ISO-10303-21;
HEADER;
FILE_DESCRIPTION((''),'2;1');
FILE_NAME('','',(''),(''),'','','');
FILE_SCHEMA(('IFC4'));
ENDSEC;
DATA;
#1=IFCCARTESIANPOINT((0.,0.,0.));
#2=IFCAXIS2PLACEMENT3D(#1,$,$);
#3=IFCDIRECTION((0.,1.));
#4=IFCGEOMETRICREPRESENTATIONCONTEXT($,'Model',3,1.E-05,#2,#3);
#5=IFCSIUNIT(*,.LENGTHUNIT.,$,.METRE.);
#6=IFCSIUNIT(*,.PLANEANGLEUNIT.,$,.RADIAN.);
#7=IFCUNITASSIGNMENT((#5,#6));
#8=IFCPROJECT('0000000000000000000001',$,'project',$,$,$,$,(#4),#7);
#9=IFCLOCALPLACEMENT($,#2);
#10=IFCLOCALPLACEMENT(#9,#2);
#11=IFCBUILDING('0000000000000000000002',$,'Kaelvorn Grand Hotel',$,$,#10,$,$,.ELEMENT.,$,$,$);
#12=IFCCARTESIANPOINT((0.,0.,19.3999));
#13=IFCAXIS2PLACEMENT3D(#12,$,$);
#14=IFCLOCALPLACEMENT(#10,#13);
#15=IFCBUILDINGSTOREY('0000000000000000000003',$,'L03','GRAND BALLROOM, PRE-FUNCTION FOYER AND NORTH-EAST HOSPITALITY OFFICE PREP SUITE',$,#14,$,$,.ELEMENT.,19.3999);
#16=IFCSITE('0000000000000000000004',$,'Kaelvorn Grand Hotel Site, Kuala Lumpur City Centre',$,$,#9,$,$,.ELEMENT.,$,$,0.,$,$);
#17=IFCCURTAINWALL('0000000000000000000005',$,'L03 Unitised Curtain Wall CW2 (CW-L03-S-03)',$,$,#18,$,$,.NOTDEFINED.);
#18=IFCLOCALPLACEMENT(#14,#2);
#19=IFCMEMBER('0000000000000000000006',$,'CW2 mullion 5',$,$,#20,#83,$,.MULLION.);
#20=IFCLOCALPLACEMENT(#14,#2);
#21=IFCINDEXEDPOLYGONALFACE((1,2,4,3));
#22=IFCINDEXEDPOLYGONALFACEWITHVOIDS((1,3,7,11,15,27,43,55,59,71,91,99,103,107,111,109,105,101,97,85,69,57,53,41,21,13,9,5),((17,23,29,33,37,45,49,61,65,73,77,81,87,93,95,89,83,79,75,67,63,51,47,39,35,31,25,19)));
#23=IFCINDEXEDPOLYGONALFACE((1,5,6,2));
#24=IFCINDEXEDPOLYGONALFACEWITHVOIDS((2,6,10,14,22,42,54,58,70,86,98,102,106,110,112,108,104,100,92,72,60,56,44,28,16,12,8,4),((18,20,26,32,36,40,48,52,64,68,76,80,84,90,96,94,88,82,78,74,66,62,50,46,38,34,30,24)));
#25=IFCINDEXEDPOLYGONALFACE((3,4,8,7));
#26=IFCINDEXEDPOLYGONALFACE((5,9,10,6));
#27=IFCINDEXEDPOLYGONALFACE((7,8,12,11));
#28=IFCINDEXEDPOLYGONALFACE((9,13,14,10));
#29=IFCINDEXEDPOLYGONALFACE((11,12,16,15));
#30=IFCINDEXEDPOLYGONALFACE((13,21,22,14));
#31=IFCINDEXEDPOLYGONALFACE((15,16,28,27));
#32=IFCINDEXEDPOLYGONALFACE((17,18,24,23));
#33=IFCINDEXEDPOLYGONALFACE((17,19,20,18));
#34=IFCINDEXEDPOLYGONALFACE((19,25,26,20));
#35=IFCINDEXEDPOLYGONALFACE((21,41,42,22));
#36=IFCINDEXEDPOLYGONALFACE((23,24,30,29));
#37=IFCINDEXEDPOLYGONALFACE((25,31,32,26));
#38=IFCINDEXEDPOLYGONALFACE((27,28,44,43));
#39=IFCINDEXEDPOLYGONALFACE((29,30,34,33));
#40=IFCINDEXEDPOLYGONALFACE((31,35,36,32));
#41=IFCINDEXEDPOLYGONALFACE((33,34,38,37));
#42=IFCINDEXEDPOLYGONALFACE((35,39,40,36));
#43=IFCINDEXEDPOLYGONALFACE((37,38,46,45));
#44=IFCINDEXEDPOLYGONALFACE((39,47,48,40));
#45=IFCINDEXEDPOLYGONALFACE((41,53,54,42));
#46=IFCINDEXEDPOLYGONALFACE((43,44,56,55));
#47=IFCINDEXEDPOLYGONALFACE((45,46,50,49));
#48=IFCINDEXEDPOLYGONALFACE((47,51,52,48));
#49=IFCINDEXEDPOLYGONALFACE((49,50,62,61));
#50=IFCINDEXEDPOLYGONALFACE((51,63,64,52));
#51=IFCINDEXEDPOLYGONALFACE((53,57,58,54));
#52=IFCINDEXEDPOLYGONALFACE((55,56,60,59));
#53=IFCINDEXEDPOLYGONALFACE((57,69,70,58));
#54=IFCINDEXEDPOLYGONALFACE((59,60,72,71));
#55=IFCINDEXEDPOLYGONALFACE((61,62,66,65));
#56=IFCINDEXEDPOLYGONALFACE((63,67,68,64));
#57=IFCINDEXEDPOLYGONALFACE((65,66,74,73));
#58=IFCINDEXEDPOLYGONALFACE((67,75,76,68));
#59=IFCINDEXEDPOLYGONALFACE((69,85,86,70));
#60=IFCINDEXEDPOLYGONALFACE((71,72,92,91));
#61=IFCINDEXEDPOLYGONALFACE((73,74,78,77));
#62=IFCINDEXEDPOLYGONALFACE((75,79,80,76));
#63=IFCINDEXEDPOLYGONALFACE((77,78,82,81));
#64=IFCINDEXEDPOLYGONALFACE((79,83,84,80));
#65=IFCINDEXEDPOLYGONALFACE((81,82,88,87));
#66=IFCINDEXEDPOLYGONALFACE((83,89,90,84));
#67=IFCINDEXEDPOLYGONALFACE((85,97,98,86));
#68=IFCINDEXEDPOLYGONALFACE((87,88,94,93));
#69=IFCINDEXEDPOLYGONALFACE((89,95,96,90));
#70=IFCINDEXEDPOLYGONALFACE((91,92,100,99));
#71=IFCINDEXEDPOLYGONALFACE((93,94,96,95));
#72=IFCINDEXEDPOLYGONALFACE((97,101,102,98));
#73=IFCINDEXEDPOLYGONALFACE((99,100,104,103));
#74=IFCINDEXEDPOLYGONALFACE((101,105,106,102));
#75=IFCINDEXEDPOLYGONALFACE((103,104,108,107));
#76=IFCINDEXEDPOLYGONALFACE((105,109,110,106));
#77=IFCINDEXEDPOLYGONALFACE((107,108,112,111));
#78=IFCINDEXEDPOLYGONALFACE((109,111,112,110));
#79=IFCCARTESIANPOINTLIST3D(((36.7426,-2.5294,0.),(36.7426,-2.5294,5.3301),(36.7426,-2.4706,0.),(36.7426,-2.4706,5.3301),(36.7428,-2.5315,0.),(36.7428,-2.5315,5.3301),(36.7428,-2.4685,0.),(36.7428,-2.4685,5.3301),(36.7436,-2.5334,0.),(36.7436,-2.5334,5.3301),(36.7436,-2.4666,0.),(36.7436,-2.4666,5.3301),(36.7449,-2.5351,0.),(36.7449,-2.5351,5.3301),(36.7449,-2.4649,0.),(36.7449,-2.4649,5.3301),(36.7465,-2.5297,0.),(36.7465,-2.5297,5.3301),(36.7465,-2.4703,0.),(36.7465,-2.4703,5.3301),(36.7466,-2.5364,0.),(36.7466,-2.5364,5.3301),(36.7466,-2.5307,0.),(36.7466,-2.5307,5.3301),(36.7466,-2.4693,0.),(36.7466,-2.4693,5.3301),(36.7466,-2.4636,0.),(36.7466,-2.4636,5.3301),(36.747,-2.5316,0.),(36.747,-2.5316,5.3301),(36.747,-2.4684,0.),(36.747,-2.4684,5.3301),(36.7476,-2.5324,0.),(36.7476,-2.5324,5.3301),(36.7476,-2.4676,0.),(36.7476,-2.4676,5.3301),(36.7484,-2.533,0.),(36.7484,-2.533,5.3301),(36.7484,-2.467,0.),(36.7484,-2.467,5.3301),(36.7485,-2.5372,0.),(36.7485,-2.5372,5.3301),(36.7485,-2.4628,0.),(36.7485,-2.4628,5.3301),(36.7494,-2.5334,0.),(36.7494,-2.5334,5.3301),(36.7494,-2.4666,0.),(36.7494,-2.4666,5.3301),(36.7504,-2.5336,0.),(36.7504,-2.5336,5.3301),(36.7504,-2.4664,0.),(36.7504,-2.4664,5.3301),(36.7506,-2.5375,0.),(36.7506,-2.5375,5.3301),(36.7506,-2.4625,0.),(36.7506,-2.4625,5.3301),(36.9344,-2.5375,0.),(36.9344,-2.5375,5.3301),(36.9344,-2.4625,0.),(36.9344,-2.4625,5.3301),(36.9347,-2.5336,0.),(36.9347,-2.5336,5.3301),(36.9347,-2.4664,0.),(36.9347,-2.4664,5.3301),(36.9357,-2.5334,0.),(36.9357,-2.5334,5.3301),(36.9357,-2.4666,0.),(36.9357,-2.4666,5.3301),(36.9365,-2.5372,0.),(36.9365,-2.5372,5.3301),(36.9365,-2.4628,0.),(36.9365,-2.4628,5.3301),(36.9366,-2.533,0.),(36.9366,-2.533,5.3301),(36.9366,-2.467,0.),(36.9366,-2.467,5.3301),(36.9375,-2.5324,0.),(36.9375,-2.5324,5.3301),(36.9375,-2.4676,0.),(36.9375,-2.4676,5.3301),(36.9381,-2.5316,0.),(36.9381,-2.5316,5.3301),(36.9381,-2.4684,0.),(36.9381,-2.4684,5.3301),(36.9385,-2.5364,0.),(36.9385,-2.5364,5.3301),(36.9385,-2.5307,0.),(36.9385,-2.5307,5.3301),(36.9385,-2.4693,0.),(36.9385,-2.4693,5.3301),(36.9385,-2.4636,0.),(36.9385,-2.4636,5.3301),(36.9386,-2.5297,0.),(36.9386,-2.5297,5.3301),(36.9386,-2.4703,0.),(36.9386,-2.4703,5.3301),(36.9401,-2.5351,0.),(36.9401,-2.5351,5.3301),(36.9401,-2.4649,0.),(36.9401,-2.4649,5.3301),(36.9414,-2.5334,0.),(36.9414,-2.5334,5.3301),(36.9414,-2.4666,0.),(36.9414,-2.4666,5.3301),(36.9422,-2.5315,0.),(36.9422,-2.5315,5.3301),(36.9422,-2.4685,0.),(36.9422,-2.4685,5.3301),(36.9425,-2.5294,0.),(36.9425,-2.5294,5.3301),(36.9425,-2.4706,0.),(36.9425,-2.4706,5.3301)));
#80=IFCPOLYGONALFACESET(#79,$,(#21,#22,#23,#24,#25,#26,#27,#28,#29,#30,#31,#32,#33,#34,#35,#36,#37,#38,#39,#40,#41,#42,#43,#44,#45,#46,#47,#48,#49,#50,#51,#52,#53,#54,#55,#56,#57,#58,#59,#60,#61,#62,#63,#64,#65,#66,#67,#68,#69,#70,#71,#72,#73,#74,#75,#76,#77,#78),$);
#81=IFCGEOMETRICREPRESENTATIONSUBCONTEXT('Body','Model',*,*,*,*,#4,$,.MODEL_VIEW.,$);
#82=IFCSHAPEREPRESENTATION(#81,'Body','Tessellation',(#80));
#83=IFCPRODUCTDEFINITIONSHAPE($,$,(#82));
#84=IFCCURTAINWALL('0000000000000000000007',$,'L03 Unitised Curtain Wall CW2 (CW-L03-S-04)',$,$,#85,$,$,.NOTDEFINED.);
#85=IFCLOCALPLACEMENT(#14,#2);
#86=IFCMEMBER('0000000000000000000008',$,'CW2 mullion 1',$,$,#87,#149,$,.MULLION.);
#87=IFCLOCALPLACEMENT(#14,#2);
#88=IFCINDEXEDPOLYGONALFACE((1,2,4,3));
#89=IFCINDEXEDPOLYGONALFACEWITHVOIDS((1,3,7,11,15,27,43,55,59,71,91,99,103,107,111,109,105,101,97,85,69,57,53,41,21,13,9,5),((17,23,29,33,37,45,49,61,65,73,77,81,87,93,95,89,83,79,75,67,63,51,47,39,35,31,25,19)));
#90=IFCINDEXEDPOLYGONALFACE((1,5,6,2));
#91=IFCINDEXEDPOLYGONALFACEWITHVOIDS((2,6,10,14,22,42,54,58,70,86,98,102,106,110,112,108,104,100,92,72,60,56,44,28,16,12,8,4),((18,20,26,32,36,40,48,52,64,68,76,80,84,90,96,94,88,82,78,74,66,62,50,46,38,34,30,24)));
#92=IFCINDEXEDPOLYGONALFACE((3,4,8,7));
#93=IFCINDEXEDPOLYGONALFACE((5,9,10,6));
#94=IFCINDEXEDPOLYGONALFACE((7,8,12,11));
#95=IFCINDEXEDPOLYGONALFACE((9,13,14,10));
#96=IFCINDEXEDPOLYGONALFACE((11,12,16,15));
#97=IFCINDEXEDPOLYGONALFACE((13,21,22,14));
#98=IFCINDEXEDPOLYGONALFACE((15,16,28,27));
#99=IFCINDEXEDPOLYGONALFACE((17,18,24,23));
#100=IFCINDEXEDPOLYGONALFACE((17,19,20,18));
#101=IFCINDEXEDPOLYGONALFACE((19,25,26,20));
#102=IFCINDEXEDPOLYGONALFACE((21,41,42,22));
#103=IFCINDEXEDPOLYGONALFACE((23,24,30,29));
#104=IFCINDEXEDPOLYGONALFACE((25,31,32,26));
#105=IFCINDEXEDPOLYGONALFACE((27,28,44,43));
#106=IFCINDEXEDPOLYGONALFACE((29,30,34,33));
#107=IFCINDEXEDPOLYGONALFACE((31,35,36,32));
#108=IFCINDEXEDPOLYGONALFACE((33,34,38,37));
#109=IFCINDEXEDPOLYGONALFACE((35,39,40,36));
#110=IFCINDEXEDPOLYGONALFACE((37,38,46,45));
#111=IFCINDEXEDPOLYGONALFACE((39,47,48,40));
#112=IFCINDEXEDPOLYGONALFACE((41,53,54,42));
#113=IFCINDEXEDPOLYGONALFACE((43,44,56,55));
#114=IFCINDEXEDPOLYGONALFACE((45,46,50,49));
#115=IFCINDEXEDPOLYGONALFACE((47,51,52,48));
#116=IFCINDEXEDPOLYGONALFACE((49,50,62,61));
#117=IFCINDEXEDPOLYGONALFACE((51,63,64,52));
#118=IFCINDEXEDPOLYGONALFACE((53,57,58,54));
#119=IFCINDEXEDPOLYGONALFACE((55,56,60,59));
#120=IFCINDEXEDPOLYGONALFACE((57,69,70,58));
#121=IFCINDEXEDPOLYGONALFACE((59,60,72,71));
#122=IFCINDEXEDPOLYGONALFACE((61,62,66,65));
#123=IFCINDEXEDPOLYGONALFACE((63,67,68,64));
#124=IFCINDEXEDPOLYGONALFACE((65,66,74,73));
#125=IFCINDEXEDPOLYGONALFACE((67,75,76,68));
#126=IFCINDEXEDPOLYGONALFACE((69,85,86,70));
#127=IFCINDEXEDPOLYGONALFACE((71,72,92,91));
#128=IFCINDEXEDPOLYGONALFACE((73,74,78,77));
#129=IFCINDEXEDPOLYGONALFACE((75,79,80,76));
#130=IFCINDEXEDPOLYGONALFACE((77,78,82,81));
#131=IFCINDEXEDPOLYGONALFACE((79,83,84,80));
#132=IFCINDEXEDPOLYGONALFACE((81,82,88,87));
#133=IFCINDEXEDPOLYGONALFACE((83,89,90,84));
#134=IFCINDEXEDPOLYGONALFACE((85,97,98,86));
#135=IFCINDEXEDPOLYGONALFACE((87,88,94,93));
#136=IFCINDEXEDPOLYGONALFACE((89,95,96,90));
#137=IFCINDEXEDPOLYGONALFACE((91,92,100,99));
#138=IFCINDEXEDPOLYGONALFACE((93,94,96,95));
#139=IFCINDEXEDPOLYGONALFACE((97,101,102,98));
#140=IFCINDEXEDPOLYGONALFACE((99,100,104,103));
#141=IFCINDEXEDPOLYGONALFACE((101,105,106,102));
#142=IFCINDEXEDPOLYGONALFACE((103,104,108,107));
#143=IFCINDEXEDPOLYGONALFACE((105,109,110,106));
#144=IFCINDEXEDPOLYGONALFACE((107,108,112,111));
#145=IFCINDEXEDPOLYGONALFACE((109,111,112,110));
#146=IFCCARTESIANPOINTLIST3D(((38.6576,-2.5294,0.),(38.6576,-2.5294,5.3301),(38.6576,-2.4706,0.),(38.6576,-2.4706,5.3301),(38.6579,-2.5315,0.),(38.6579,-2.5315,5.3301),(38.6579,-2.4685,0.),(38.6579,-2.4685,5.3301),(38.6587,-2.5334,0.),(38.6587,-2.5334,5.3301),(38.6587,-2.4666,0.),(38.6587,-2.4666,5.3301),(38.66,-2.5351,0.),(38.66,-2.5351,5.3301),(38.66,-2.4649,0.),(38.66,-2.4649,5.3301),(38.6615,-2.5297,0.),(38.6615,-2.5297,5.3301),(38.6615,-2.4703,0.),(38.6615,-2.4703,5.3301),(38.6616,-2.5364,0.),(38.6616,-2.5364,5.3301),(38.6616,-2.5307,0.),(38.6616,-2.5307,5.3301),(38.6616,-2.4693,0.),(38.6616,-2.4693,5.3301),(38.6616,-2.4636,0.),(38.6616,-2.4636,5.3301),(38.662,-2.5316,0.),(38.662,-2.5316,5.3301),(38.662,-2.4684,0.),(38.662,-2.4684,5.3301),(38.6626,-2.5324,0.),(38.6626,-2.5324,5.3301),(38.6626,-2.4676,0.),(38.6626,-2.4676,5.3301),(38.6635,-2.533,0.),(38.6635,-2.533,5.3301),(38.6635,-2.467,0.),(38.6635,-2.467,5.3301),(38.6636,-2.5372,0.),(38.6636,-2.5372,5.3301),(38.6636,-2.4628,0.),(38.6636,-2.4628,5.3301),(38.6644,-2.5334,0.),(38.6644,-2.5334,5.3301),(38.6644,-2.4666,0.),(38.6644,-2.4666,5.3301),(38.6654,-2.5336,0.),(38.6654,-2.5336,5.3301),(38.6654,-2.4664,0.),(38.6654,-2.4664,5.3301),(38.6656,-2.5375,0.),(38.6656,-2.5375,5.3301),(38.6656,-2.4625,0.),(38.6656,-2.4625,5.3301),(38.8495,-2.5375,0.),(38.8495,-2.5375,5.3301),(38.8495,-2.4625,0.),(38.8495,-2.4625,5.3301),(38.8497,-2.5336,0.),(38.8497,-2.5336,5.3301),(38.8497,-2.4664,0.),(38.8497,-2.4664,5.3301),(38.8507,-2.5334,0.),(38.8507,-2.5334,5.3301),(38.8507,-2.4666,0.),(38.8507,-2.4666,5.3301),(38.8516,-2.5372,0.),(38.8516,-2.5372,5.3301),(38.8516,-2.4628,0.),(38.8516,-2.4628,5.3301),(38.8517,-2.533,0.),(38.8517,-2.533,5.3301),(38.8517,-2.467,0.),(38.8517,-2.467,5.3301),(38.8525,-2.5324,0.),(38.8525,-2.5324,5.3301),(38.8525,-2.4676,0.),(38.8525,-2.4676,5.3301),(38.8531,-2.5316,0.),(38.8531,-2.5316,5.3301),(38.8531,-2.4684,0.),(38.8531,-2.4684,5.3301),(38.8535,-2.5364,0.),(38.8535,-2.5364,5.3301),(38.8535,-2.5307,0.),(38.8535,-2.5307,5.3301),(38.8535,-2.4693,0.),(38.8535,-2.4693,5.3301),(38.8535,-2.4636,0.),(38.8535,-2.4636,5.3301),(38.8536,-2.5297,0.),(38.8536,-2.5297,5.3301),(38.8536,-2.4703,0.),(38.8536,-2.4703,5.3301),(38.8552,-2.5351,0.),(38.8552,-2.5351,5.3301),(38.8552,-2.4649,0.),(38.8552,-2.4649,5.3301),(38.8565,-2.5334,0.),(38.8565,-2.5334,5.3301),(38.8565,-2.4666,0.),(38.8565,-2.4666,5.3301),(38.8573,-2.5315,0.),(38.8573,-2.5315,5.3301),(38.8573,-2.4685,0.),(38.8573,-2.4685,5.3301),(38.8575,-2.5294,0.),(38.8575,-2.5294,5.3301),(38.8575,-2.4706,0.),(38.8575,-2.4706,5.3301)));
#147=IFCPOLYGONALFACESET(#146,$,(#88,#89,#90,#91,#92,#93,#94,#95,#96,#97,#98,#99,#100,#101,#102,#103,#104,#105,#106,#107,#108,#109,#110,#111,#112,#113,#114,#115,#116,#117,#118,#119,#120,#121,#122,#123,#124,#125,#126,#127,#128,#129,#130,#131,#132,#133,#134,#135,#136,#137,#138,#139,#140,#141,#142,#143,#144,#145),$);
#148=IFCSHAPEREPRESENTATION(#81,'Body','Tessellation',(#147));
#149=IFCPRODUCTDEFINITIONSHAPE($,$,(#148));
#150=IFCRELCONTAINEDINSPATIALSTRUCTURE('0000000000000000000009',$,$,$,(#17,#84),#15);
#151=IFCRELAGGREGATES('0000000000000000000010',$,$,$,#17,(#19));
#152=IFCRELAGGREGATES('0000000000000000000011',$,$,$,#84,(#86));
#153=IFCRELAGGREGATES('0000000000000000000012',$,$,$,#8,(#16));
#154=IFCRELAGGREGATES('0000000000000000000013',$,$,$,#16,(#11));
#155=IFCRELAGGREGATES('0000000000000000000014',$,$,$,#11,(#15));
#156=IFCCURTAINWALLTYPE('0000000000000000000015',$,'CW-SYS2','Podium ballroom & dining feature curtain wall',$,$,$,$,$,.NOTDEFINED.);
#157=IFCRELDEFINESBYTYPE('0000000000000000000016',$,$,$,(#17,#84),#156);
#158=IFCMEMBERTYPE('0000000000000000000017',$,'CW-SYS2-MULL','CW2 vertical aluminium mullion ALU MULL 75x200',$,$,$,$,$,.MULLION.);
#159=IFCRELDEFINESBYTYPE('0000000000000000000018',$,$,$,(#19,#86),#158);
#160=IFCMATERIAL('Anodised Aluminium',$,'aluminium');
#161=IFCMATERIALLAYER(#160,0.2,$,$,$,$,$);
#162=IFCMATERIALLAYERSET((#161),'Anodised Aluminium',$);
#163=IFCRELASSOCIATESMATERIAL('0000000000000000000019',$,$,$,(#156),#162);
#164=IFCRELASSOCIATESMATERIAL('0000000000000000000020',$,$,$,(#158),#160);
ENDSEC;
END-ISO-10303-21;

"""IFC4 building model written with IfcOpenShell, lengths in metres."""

from ifc_helpers import new_model, si_unit, direction, frame, origin, origin_2d, place, context, subcontext, project, spatial, hollow_rectangle, extrude, material, layer, layer_set, material_profile, profile_set, type_object, element, aggregate, save


model = new_model("IFC4")

# Units and contexts
model_context = context("Model", 3, precision=1e-05, world=origin(), true_north=direction((0.0, 1.0)))
body_context = subcontext(model_context, "Body", "Model", "MODEL_VIEW")
ifc_project = project(units=[si_unit("LENGTHUNIT", "METRE"), si_unit("PLANEANGLEUNIT", "RADIAN")], contexts=[model_context])

# Site, building, storey
site_placement = place(None, origin())
site = spatial("IfcSite", under=ifc_project, at=site_placement, Name="Kaelvorn Grand Hotel Site, Kuala Lumpur City Centre", CompositionType="ELEMENT", RefElevation=0.0)
building_placement = place(site_placement, origin())
building = spatial("IfcBuilding", under=site, at=building_placement, Name="Kaelvorn Grand Hotel", CompositionType="ELEMENT")
storey_placement = place(building_placement, frame((0.0, 0.0, 19.3999)))
storey = spatial("IfcBuildingStorey", under=building, at=storey_placement, Name="L03", Description="GRAND BALLROOM, PRE-FUNCTION FOYER AND NORTH-EAST HOSPITALITY OFFICE PREP SUITE", CompositionType="ELEMENT", Elevation=19.3999)

# Curtain wall, member
ifc_material_1 = material(Name="Anodised Aluminium", Category="aluminium")
ifc_layer_1 = layer(ifc_material_1, 0.2)
ifc_layer_set_1 = layer_set([ifc_layer_1], Name="Anodised Aluminium")
curtain_wall_type = type_object("IfcCurtainWallType", Name="CW-SYS2", Description="Podium ballroom & dining feature curtain wall", PredefinedType="NOTDEFINED", material=ifc_layer_set_1)
curtain_wall_1_placement = place(storey_placement, origin())
curtain_wall_1 = element("IfcCurtainWall", 1, at=curtain_wall_1_placement, inside=storey, type_object=curtain_wall_type, Name="L03 Unitised Curtain Wall CW2 (CW-L03-S-03)", PredefinedType="NOTDEFINED")
ifc_material_profile_1 = material_profile(ifc_material_1, hollow_rectangle(XDim=0.075, YDim=0.2, WallThickness=0.0039, InnerFilletRadius=0.0039, OuterFilletRadius=0.0081, at=origin_2d()), Name="ALU MULL 75x200")
ifc_profile_set_1 = profile_set([ifc_material_profile_1], Name="Anodised Aluminium")
member_type_1 = type_object("IfcMemberType", Name="CW-SYS2-MULL", Description="CW2 vertical aluminium mullion ALU MULL 75x200", PredefinedType="MULLION", material=ifc_profile_set_1)
member_1_placement = place(storey_placement, frame((36.8425, -2.5, 0.0), z_axis=(0.0, 0.0, 1.0), x_axis=(0.0, 1.0, 0.0)))
member_1 = element("IfcMember", 2, at=member_1_placement, type_object=member_type_1, Name="CW2 mullion 5", PredefinedType="MULLION", context=body_context, shape_type="SweptSolid", body=[
    extrude(hollow_rectangle(XDim=0.075, YDim=0.2, WallThickness=0.0039, InnerFilletRadius=0.0039, OuterFilletRadius=0.0081, at=origin_2d()), origin(), (0.0, 0.0, 1.0), 5.3301),
])

# Curtain wall, member
curtain_wall_2_placement = place(storey_placement, origin())
curtain_wall_2 = element("IfcCurtainWall", 3, at=curtain_wall_2_placement, inside=storey, type_object=curtain_wall_type, Name="L03 Unitised Curtain Wall CW2 (CW-L03-S-04)", PredefinedType="NOTDEFINED")
member_2_placement = place(storey_placement, frame((38.7576, -2.5, 0.0), z_axis=(0.0, 0.0, 1.0), x_axis=(0.0, 1.0, 0.0)))
member_2 = element("IfcMember", 4, at=member_2_placement, type_object=member_type_1, Name="CW2 mullion 1", PredefinedType="MULLION", context=body_context, shape_type="SweptSolid", body=[
    extrude(hollow_rectangle(XDim=0.075, YDim=0.2, WallThickness=0.0039, InnerFilletRadius=0.0039, OuterFilletRadius=0.0081, at=origin_2d()), origin(), (0.0, 0.0, 1.0), 5.3301),
])

aggregate(curtain_wall_1, [member_1])
aggregate(curtain_wall_2, [member_2])

save(model, "model.ifc")
